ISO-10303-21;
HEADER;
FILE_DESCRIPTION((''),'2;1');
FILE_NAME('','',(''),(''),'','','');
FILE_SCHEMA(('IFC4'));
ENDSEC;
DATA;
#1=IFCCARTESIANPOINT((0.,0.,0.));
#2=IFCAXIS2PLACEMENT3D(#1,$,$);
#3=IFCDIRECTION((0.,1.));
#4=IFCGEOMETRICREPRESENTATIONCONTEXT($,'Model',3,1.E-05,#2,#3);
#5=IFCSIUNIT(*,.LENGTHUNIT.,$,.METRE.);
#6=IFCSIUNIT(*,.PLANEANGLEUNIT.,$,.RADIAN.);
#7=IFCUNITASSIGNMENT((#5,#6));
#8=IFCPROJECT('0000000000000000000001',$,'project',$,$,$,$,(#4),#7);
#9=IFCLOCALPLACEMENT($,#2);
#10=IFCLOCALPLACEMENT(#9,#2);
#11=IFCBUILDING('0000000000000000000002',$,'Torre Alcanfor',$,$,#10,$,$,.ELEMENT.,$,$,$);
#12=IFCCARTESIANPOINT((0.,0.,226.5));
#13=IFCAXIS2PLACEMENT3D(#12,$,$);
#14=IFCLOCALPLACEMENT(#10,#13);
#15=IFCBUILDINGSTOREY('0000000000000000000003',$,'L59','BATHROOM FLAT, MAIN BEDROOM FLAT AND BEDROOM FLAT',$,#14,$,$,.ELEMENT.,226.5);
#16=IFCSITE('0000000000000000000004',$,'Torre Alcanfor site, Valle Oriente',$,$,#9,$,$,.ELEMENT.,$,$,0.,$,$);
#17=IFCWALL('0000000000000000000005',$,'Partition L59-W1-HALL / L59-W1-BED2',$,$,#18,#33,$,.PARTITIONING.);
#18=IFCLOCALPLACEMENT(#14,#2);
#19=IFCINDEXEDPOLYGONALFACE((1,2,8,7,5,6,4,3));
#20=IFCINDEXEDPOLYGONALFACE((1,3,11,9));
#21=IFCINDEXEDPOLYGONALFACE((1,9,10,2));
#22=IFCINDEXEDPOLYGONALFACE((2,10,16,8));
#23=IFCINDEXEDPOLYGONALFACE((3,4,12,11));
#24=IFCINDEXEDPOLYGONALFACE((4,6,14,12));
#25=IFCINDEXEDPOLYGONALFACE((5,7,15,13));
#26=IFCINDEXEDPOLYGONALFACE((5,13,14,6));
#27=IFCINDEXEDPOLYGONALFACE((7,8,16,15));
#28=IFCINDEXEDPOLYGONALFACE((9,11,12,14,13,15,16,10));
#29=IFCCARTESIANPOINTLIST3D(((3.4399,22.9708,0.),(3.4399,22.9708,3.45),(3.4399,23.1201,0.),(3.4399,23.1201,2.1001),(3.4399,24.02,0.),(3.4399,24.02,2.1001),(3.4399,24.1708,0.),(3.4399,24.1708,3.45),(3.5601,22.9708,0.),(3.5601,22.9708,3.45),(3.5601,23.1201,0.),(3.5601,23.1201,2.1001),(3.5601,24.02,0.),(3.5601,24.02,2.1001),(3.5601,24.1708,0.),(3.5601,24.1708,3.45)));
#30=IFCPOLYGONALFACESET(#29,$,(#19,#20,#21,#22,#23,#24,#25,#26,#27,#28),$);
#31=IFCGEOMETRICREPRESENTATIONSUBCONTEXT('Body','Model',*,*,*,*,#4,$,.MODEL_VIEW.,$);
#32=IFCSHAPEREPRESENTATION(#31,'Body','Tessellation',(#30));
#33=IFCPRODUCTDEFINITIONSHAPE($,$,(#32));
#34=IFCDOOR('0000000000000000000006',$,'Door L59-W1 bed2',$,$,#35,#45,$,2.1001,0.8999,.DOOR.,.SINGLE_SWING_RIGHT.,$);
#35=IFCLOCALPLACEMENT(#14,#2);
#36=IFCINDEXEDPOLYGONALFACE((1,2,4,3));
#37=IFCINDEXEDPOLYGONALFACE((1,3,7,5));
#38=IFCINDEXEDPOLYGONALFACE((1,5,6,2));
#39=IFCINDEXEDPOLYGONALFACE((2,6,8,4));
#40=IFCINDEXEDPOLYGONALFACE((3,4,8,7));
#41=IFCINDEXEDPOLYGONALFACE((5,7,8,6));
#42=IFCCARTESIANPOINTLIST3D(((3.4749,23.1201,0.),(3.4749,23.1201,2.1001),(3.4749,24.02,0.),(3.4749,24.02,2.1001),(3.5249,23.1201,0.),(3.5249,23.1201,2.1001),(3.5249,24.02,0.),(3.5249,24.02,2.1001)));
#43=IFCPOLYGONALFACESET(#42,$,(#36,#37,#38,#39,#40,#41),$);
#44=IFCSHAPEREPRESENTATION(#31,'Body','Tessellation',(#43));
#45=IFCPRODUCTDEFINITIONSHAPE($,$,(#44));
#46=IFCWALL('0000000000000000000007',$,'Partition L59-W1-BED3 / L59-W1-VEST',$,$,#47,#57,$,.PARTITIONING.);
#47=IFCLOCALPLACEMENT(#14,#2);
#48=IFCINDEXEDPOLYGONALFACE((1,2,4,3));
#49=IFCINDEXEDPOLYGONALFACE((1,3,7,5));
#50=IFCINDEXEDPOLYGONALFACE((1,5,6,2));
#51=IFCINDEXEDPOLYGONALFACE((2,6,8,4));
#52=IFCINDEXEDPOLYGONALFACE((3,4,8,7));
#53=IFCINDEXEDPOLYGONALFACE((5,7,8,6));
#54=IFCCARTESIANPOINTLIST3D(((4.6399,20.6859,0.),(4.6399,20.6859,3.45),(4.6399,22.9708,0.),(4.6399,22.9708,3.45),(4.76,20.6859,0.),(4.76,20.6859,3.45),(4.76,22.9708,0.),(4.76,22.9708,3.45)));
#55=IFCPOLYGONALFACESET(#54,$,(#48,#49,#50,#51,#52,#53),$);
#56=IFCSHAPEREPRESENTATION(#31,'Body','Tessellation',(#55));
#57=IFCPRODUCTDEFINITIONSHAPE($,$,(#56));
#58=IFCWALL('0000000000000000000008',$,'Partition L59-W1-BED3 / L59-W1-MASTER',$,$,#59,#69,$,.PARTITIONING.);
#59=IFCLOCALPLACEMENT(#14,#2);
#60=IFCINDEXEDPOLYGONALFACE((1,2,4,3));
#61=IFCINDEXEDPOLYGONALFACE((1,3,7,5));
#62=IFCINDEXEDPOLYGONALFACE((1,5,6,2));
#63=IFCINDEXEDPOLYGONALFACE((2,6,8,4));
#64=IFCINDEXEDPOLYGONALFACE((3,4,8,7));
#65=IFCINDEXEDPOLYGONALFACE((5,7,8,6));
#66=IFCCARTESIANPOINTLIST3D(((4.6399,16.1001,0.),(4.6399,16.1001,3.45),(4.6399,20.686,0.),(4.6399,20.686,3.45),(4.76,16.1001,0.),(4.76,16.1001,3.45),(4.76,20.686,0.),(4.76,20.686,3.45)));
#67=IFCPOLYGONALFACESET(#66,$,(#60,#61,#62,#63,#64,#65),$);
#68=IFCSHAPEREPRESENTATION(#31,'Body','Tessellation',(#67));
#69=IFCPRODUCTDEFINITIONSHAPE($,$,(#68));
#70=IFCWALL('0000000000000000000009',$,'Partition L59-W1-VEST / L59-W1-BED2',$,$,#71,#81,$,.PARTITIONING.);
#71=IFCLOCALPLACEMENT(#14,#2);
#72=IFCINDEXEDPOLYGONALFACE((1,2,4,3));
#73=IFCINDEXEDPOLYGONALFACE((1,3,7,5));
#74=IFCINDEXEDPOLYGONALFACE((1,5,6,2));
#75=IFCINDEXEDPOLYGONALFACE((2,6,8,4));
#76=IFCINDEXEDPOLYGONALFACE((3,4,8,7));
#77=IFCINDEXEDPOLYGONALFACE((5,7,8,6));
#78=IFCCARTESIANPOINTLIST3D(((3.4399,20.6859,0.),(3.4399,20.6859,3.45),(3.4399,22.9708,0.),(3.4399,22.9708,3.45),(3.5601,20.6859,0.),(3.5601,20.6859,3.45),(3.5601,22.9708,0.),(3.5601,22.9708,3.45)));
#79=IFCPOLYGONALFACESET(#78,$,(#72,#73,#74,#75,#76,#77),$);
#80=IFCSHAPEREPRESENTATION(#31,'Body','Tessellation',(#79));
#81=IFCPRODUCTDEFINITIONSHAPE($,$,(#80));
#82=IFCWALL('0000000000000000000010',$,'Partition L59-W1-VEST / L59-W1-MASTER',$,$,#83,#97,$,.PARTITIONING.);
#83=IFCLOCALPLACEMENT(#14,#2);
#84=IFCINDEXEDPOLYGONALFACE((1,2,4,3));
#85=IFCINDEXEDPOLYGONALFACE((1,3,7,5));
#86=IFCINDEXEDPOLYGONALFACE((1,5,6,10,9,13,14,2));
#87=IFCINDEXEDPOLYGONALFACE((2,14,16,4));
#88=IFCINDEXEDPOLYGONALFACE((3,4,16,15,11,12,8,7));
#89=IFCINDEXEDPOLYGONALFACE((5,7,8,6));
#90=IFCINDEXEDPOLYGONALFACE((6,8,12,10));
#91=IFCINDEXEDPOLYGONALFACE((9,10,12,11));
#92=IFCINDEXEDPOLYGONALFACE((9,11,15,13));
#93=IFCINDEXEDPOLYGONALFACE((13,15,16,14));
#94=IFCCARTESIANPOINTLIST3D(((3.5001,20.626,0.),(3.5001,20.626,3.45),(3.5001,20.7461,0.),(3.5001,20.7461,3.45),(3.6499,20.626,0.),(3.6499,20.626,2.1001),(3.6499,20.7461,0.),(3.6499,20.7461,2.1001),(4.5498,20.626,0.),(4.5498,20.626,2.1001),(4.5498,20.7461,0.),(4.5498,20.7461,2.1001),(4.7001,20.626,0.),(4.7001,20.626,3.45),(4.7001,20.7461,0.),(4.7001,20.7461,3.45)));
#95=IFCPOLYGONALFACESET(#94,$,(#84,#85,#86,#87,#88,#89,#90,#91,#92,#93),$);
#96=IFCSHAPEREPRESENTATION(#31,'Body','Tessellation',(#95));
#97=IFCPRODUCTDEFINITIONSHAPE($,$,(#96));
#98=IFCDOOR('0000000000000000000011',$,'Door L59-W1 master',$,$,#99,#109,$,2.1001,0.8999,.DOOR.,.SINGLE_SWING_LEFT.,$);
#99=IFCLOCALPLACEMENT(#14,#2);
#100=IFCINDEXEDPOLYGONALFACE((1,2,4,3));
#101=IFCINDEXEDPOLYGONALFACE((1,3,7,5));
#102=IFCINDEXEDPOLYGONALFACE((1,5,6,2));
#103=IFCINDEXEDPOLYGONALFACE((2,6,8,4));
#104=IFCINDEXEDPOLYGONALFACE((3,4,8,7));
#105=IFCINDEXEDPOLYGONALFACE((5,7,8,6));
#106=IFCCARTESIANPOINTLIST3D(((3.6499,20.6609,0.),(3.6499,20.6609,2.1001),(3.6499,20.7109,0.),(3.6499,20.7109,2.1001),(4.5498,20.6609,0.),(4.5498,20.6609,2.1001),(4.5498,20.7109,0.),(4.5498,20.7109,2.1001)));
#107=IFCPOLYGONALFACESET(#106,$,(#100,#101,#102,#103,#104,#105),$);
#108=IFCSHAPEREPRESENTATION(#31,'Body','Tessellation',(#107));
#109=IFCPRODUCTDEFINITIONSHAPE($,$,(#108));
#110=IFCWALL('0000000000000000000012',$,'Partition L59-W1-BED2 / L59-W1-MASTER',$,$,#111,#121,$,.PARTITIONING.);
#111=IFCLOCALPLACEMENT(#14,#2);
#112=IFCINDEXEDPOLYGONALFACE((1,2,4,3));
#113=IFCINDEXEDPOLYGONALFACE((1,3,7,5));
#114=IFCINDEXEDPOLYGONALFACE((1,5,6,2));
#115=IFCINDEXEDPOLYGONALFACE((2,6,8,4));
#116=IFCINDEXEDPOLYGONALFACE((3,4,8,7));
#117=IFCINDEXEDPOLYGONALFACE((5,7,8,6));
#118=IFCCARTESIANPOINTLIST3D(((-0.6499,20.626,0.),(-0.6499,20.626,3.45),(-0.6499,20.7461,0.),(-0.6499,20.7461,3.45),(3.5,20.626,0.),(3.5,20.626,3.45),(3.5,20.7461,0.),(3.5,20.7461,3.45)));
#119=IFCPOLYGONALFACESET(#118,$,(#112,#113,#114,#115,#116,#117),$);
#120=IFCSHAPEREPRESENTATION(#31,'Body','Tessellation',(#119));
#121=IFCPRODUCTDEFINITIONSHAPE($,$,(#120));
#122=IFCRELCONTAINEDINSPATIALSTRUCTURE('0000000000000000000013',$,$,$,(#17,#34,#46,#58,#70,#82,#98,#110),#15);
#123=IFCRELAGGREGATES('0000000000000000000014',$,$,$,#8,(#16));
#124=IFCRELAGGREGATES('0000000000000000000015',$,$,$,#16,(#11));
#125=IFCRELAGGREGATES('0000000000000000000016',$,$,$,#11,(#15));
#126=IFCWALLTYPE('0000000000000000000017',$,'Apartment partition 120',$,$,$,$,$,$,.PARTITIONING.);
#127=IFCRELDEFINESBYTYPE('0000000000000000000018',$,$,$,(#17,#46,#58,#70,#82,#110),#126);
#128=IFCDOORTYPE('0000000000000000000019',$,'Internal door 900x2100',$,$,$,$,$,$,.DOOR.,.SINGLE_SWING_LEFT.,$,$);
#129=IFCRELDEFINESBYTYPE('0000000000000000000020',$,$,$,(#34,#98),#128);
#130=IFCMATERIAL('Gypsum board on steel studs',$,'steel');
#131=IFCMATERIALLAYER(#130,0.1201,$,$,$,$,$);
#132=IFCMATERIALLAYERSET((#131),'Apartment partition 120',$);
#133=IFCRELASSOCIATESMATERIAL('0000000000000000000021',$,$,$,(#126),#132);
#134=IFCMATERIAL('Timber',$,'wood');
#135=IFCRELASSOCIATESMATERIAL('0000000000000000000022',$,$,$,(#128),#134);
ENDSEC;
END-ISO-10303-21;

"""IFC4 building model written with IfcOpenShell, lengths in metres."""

from ifc_helpers import new_model, si_unit, direction, frame, frame_2d, origin, place, context, subcontext, project, spatial, rectangle, extrude, material, layer, layer_set, type_object, element, fill, save


model = new_model("IFC4")

# Units and contexts
model_context = context("Model", 3, precision=1e-05, world=origin(), true_north=direction((0.0, 1.0)))
body_context = subcontext(model_context, "Body", "Model", "MODEL_VIEW")
ifc_project = project(units=[si_unit("LENGTHUNIT", "METRE"), si_unit("PLANEANGLEUNIT", "RADIAN")], contexts=[model_context])

# Site, building, storey
site_placement = place(None, origin())
site = spatial("IfcSite", under=ifc_project, at=site_placement, Name="Torre Alcanfor site, Valle Oriente", CompositionType="ELEMENT", RefElevation=0.0)
building_placement = place(site_placement, origin())
building = spatial("IfcBuilding", under=site, at=building_placement, Name="Torre Alcanfor", CompositionType="ELEMENT")
storey_placement = place(building_placement, frame((0.0, 0.0, 226.5)))
storey = spatial("IfcBuildingStorey", under=building, at=storey_placement, Name="L59", Description="BATHROOM FLAT, MAIN BEDROOM FLAT AND BEDROOM FLAT", CompositionType="ELEMENT", Elevation=226.5)

# Shared definitions
ifc_material_1 = material(Name="Gypsum board on steel studs", Category="steel")
ifc_layer_1 = layer(ifc_material_1, 0.1201)
ifc_layer_set_1 = layer_set([ifc_layer_1], Name="Apartment partition 120")
wall_type = type_object("IfcWallType", Name="Apartment partition 120", PredefinedType="PARTITIONING", material=ifc_layer_set_1)

# Shared definitions
ifc_material_2 = material(Name="Timber", Category="wood")
door_type = type_object("IfcDoorType", Name="Internal door 900x2100", OperationType="SINGLE_SWING_LEFT", PredefinedType="DOOR", material=ifc_material_2)

# Wall, opening, door
wall_1_placement = place(storey_placement, frame((3.5, 24.1709, 0.0), z_axis=(0.0, 0.0, 1.0), x_axis=(0.0, -1.0, 0.0)))
wall_1 = element("IfcWall", 1, at=wall_1_placement, inside=storey, type_object=wall_type, Name="Partition L59-W1-HALL / L59-W1-BED2", PredefinedType="PARTITIONING", context=body_context, shape_type="SweptSolid", body=[
    extrude(rectangle(XDim=1.2, YDim=0.1201, at=frame_2d((0.6001, 0.0))), origin(), (0.0, 0.0, 1.0), 3.45),
])
opening_1_placement = place(wall_1_placement, frame((0.1509, 0.0, 0.0)))
opening_1 = element("IfcOpeningElement", 2, at=opening_1_placement, cuts=wall_1, PredefinedType="OPENING", context=body_context, shape_type="SweptSolid", body=[
    extrude(rectangle(XDim=0.8999, YDim=2.1001, at=frame_2d((0.45, 1.05))), frame((0.0, 0.0701, 0.0), z_axis=(0.0, -1.0, 0.0), x_axis=(1.0, 0.0, 0.0)), (0.0, 0.0, 1.0), 0.1401),
])
door_1_placement = place(opening_1_placement, frame((0.8999, 0.0, 0.0), z_axis=(0.0, 0.0, 1.0), x_axis=(-1.0, 0.0, 0.0)))
door_1 = element("IfcDoor", 3, at=door_1_placement, inside=storey, type_object=door_type, Name="Door L59-W1 bed2", OperationType="SINGLE_SWING_RIGHT", OverallHeight=2.1001, OverallWidth=0.8999, PredefinedType="DOOR", context=body_context, shape_type="SweptSolid", body=[
    extrude(rectangle(XDim=0.8999, YDim=2.1001, at=frame_2d((0.45, 1.05))), frame((0.0, 0.0251, 0.0), z_axis=(0.0, -1.0, 0.0), x_axis=(1.0, 0.0, 0.0)), (0.0, 0.0, 1.0), 0.05),
])
fill(opening_1, door_1)

# Walls
wall_2_placement = place(storey_placement, frame((4.7, 22.9709, 0.0), z_axis=(0.0, 0.0, 1.0), x_axis=(0.0, -1.0, 0.0)))
element("IfcWall", 4, at=wall_2_placement, inside=storey, type_object=wall_type, Name="Partition L59-W1-BED3 / L59-W1-VEST", PredefinedType="PARTITIONING", context=body_context, shape_type="SweptSolid", body=[
    extrude(rectangle(XDim=2.2849, YDim=0.1201, at=frame_2d((1.1426, 0.0))), origin(), (0.0, 0.0, 1.0), 3.45),
])
wall_3_placement = place(storey_placement, frame((4.7, 20.686, 0.0), z_axis=(0.0, 0.0, 1.0), x_axis=(0.0, -1.0, 0.0)))
element("IfcWall", 5, at=wall_3_placement, inside=storey, type_object=wall_type, Name="Partition L59-W1-BED3 / L59-W1-MASTER", PredefinedType="PARTITIONING", context=body_context, shape_type="SweptSolid", body=[
    extrude(rectangle(XDim=4.5859, YDim=0.1201, at=frame_2d((2.293, 0.0))), origin(), (0.0, 0.0, 1.0), 3.45),
])
wall_4_placement = place(storey_placement, frame((3.5, 22.9709, 0.0), z_axis=(0.0, 0.0, 1.0), x_axis=(0.0, -1.0, 0.0)))
element("IfcWall", 6, at=wall_4_placement, inside=storey, type_object=wall_type, Name="Partition L59-W1-VEST / L59-W1-BED2", PredefinedType="PARTITIONING", context=body_context, shape_type="SweptSolid", body=[
    extrude(rectangle(XDim=2.2849, YDim=0.1201, at=frame_2d((1.1426, 0.0))), origin(), (0.0, 0.0, 1.0), 3.45),
])

# Wall, opening, door
wall_5_placement = place(storey_placement, frame((3.5, 20.686, 0.0), z_axis=(0.0, 0.0, 1.0), x_axis=(1.0, 0.0, 0.0)))
wall_5 = element("IfcWall", 7, at=wall_5_placement, inside=storey, type_object=wall_type, Name="Partition L59-W1-VEST / L59-W1-MASTER", PredefinedType="PARTITIONING", context=body_context, shape_type="SweptSolid", body=[
    extrude(rectangle(XDim=1.2, YDim=0.1201, at=frame_2d((0.6001, 0.0))), origin(), (0.0, 0.0, 1.0), 3.45),
])
opening_2_placement = place(wall_5_placement, frame((0.1499, 0.0, 0.0)))
opening_2 = element("IfcOpeningElement", 8, at=opening_2_placement, cuts=wall_5, PredefinedType="OPENING", context=body_context, shape_type="SweptSolid", body=[
    extrude(rectangle(XDim=0.8999, YDim=2.1001, at=frame_2d((0.45, 1.05))), frame((0.0, 0.0701, 0.0), z_axis=(0.0, -1.0, 0.0), x_axis=(1.0, 0.0, 0.0)), (0.0, 0.0, 1.0), 0.1401),
])
door_2_placement = place(opening_2_placement, origin())
door_2 = element("IfcDoor", 9, at=door_2_placement, inside=storey, type_object=door_type, Name="Door L59-W1 master", OperationType="SINGLE_SWING_LEFT", OverallHeight=2.1001, OverallWidth=0.8999, PredefinedType="DOOR", context=body_context, shape_type="SweptSolid", body=[
    extrude(rectangle(XDim=0.8999, YDim=2.1001, at=frame_2d((0.45, 1.05))), frame((0.0, 0.0249, 0.0), z_axis=(0.0, -1.0, 0.0), x_axis=(1.0, 0.0, 0.0)), (0.0, 0.0, 1.0), 0.05),
])
fill(opening_2, door_2)

# Wall
wall_6_placement = place(storey_placement, frame((-0.6499, 20.686, 0.0), z_axis=(0.0, 0.0, 1.0), x_axis=(1.0, 0.0, 0.0)))
element("IfcWall", 10, at=wall_6_placement, inside=storey, type_object=wall_type, Name="Partition L59-W1-BED2 / L59-W1-MASTER", PredefinedType="PARTITIONING", context=body_context, shape_type="SweptSolid", body=[
    extrude(rectangle(XDim=4.1499, YDim=0.1201, at=frame_2d((2.075, 0.0))), origin(), (0.0, 0.0, 1.0), 3.45),
])

save(model, "model.ifc")
